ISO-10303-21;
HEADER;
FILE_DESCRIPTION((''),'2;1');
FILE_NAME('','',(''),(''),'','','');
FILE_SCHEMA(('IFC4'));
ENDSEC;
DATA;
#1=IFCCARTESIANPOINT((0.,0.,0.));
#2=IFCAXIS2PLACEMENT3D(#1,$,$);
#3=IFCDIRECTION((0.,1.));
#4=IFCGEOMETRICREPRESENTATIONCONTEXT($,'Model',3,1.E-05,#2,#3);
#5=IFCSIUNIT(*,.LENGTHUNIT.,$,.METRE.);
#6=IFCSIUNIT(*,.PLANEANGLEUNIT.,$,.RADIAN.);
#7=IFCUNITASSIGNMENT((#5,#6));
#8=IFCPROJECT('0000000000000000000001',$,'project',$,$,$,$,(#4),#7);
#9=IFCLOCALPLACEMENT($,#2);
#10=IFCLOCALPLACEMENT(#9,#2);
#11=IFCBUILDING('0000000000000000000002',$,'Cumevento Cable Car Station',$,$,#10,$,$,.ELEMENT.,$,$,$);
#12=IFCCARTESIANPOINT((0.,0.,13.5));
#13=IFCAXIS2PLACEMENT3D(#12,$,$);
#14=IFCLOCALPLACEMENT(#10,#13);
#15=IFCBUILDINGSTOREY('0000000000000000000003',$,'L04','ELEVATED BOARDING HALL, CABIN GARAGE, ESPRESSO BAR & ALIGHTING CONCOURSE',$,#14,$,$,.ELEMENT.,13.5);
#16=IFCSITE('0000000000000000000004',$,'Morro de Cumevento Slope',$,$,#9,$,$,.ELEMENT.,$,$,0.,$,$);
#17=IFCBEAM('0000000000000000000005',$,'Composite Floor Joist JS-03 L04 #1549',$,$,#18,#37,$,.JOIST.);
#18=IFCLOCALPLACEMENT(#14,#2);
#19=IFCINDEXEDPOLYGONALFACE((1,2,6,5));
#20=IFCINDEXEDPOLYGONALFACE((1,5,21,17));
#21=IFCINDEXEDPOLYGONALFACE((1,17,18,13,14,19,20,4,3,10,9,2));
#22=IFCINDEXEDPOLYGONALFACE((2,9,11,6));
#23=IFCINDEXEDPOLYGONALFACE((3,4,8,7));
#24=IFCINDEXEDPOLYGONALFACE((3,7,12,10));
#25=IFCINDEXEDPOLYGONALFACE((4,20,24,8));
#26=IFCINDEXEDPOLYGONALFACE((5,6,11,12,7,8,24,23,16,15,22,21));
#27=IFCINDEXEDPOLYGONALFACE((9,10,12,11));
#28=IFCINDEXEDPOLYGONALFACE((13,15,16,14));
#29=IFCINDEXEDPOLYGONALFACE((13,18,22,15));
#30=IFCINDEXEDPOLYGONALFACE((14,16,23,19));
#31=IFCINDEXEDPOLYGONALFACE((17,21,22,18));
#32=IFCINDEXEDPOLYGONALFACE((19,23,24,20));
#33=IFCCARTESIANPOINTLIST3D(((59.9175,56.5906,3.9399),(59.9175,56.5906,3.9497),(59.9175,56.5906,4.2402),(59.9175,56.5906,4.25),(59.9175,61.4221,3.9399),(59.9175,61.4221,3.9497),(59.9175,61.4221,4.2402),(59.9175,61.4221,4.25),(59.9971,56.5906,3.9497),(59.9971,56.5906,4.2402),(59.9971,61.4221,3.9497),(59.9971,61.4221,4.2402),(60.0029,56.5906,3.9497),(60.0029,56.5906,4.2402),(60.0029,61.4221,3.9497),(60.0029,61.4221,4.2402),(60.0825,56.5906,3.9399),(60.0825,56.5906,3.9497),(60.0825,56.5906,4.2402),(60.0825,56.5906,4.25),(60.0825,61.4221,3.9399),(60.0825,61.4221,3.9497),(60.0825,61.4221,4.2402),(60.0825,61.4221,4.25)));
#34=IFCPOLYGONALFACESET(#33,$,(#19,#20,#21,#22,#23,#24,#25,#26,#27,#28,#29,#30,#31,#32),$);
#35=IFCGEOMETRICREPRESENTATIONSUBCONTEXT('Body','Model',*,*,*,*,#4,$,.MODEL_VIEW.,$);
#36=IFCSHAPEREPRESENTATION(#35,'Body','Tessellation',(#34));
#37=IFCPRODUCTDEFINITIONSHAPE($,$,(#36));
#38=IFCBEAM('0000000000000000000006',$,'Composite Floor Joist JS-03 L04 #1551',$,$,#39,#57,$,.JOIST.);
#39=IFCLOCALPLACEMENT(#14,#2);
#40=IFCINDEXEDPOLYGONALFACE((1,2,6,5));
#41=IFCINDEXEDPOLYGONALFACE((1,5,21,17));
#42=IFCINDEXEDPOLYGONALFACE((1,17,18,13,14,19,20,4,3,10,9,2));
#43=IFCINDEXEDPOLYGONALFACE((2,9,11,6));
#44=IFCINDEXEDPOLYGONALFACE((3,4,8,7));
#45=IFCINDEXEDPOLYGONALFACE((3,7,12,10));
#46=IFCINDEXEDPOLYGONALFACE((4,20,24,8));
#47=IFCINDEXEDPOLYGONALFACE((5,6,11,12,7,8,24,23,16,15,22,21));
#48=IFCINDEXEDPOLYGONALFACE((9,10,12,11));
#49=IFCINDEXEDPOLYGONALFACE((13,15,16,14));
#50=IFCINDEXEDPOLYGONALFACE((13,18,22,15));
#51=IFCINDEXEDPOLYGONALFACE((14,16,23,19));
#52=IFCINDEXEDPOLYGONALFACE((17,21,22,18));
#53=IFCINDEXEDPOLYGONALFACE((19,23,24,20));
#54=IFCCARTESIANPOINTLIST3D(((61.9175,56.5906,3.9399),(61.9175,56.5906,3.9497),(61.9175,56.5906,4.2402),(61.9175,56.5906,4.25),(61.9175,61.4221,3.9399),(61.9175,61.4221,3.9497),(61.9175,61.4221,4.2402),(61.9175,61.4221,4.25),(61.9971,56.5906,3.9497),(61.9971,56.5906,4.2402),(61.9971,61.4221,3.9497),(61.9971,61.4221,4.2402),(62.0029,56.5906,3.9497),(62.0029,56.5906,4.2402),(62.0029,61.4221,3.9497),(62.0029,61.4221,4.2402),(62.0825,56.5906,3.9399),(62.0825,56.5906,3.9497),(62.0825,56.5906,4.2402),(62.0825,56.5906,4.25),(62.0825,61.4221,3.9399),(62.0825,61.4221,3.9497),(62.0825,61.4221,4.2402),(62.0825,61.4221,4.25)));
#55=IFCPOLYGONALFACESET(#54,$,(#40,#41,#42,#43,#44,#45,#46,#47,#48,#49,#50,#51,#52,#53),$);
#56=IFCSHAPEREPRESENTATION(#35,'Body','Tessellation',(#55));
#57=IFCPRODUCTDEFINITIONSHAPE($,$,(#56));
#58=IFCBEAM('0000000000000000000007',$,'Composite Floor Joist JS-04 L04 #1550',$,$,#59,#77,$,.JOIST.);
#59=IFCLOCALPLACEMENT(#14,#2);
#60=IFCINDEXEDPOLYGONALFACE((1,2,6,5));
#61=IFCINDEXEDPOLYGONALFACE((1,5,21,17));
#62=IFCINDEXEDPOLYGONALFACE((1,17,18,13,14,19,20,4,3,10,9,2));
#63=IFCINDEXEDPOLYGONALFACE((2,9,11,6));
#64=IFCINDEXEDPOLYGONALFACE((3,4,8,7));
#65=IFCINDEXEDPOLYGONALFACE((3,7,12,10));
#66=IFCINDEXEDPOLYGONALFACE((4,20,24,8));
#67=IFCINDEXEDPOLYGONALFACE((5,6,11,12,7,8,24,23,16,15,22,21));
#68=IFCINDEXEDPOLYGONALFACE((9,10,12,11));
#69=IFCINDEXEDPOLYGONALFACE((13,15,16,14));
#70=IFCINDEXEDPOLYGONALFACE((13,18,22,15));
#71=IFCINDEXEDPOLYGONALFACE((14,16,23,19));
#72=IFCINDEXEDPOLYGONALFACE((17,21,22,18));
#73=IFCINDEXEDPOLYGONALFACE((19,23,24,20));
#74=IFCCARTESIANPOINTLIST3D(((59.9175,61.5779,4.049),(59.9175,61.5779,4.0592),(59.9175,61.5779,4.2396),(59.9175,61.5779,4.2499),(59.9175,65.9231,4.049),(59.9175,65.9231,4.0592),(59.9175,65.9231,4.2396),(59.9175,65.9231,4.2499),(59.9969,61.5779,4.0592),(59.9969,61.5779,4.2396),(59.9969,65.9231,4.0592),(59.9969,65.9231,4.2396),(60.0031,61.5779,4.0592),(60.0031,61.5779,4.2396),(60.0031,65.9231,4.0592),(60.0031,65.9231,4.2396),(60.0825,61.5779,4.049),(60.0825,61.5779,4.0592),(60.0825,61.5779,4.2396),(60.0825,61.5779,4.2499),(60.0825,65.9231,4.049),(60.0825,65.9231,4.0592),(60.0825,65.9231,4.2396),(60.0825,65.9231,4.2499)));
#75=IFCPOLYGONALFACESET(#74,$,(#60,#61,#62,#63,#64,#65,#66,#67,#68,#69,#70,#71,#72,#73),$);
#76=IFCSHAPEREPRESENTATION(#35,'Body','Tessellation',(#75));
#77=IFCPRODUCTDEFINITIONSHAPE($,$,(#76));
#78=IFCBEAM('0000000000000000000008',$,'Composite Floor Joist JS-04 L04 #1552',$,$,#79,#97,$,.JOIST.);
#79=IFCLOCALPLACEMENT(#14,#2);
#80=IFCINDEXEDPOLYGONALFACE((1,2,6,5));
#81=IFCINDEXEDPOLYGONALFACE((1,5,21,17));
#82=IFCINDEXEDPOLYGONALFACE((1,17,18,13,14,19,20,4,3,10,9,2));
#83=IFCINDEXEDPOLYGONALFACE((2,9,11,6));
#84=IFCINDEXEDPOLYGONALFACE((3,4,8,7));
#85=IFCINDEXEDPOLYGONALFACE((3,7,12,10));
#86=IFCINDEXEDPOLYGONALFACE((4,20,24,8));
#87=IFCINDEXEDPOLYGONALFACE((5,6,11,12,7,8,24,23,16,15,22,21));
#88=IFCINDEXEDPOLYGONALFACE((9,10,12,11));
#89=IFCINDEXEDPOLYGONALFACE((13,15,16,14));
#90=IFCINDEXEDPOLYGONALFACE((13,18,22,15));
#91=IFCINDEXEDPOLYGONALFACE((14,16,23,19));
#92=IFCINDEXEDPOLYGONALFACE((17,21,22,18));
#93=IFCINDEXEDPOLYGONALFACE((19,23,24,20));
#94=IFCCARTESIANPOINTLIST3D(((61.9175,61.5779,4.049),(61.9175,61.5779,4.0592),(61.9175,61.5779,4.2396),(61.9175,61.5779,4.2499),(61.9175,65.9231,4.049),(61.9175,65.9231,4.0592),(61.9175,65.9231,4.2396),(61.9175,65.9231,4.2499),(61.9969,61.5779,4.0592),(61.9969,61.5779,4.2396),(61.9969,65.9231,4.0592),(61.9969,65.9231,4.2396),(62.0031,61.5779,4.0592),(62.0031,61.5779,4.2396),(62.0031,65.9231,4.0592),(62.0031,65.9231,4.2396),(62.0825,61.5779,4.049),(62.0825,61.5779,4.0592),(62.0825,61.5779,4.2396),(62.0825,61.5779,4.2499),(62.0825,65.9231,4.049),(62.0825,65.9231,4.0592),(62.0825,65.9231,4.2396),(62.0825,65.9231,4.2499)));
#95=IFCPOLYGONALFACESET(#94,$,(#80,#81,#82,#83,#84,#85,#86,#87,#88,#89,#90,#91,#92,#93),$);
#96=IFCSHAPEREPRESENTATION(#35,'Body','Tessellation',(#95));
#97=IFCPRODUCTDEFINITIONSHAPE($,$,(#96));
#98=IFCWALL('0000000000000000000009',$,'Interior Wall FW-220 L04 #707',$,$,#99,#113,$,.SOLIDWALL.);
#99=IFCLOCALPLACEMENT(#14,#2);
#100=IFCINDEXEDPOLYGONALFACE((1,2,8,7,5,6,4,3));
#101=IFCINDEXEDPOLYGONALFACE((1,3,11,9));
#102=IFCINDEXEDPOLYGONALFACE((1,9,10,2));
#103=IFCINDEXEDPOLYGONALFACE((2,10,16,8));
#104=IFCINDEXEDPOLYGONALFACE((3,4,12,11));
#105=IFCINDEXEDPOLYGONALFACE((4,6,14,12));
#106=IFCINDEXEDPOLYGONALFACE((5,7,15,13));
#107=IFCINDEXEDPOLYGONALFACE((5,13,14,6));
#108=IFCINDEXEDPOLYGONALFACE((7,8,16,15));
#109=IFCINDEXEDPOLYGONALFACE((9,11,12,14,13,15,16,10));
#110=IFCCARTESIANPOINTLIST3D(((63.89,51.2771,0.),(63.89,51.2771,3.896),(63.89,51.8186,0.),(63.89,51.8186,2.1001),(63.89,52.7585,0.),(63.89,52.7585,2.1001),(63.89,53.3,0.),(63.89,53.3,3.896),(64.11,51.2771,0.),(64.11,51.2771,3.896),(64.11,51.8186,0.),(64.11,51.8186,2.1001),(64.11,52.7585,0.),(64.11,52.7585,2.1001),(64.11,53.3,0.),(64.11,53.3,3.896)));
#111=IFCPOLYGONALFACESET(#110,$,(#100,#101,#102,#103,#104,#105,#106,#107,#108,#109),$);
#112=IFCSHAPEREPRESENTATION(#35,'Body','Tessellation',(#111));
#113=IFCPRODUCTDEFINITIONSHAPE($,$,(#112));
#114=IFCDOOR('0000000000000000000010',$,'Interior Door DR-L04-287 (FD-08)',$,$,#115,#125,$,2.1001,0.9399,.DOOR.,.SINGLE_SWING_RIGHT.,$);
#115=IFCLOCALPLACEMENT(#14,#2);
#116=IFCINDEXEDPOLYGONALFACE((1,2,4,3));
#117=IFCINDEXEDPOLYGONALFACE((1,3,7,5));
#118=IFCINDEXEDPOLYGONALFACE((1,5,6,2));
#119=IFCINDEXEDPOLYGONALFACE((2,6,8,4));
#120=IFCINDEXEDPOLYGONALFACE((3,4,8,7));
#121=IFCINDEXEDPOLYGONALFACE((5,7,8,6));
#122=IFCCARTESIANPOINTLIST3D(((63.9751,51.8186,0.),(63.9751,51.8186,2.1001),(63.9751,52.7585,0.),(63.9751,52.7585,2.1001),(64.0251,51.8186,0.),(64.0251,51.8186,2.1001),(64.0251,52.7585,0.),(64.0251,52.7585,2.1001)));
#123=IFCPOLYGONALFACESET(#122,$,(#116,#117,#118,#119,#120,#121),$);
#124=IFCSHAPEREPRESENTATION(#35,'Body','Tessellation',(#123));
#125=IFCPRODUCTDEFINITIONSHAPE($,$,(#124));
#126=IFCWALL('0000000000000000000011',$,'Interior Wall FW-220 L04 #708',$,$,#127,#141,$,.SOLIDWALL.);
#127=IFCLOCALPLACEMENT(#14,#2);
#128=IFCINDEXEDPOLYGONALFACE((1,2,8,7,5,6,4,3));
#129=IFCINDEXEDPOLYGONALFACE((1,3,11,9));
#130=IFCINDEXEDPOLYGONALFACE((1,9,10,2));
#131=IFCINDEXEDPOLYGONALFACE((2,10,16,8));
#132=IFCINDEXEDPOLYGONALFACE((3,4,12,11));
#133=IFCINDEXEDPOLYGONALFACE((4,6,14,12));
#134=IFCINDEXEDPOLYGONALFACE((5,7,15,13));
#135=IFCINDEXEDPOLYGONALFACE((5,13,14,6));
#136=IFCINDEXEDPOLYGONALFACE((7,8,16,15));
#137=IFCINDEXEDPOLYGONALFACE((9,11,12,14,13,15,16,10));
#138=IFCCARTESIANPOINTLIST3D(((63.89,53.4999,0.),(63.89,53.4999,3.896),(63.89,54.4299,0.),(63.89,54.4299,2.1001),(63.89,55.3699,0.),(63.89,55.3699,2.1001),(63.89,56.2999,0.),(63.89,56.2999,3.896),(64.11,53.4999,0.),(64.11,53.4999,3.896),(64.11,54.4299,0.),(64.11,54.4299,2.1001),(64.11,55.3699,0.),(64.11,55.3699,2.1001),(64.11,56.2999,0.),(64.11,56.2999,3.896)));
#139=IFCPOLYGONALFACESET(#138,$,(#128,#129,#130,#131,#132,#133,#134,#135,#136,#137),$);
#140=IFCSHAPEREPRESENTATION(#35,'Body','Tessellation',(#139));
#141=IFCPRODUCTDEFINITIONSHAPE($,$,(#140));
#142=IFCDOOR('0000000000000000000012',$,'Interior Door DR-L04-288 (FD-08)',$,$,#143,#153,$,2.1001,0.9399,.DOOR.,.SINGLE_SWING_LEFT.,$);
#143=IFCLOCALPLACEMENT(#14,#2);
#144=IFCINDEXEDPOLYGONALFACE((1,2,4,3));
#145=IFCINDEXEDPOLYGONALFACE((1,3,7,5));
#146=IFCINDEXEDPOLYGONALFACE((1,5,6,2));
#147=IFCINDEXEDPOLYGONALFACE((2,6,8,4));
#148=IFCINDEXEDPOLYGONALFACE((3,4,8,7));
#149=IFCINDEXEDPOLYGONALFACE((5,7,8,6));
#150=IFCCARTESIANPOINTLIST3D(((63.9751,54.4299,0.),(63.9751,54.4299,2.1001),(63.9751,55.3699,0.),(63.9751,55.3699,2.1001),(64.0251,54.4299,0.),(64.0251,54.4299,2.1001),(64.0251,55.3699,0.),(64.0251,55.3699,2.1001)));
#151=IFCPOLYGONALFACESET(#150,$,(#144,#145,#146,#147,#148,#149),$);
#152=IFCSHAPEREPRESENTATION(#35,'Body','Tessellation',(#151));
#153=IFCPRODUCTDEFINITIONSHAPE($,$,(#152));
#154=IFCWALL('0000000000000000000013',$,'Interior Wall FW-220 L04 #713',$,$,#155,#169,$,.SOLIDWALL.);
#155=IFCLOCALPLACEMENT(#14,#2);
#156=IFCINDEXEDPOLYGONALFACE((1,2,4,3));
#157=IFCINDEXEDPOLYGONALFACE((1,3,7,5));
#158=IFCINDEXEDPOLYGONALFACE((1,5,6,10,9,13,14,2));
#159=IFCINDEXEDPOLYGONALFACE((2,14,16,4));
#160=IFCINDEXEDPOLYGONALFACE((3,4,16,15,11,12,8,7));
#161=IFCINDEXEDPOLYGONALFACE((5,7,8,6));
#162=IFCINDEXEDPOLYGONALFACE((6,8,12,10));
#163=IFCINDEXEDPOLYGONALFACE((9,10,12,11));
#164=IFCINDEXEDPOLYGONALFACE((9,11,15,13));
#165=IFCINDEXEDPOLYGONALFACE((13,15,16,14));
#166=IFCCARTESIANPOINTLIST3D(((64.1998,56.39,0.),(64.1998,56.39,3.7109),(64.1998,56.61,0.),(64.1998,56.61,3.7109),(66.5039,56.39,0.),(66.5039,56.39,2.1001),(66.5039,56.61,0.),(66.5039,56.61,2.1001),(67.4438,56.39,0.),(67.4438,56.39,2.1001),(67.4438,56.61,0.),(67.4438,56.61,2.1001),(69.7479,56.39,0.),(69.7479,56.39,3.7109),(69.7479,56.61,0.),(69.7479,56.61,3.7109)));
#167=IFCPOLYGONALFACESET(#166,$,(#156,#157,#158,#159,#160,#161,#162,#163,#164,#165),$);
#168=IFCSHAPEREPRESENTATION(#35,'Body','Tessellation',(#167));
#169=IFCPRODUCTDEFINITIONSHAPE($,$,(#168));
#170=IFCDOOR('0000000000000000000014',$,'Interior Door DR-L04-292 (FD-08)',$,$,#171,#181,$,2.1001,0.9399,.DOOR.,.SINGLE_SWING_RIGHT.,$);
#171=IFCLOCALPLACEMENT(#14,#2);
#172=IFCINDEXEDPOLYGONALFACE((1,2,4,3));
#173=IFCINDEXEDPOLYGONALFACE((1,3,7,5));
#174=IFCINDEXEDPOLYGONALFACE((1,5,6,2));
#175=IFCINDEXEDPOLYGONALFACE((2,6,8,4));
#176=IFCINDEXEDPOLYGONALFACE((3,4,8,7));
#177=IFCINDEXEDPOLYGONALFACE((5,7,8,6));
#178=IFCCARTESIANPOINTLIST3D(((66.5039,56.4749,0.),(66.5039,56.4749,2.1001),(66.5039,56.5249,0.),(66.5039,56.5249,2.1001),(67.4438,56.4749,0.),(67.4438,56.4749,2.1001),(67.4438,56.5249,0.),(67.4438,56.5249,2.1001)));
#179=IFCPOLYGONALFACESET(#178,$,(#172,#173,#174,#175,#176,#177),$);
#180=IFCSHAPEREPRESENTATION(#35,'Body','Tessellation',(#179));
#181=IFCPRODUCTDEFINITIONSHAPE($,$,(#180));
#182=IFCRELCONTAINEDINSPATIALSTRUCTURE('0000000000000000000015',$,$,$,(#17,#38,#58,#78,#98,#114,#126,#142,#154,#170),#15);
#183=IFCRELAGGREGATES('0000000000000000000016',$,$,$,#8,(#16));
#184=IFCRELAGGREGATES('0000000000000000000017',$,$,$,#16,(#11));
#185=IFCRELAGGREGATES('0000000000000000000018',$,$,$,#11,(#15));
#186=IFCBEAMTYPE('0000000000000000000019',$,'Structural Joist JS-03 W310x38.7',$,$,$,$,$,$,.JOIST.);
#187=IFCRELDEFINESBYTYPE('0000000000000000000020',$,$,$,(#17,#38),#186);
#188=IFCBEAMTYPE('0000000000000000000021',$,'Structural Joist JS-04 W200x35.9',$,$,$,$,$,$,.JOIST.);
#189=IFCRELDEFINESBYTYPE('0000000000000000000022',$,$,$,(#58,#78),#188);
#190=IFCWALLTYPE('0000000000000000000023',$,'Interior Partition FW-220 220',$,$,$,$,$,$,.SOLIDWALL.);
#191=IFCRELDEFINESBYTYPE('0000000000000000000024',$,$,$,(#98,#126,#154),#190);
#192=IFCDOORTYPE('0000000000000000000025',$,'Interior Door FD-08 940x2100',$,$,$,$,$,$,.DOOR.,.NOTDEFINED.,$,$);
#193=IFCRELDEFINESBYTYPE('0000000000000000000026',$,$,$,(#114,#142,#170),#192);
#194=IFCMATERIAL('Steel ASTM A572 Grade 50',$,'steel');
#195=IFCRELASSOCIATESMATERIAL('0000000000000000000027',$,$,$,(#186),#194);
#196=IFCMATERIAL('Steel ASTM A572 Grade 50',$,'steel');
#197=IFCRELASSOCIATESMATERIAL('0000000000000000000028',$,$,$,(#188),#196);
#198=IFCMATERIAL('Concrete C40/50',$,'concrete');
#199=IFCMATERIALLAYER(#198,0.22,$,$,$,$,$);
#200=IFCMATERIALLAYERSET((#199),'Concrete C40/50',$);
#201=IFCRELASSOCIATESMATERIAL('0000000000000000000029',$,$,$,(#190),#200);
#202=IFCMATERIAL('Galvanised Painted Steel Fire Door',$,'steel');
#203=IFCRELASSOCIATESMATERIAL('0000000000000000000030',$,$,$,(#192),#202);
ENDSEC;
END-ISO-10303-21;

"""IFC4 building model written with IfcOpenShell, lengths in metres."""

from ifc_helpers import new_model, si_unit, direction, frame, frame_2d, origin, origin_2d, place, context, subcontext, project, spatial, rectangle, i_section, extrude, material, layer, layer_set, material_profile, profile_set, type_object, element, fill, save


model = new_model("IFC4")

# Units and contexts
model_context = context("Model", 3, precision=1e-05, world=origin(), true_north=direction((0.0, 1.0)))
body_context = subcontext(model_context, "Body", "Model", "MODEL_VIEW")
ifc_project = project(units=[si_unit("LENGTHUNIT", "METRE"), si_unit("PLANEANGLEUNIT", "RADIAN")], contexts=[model_context])

# Site, building, storey
site_placement = place(None, origin())
site = spatial("IfcSite", under=ifc_project, at=site_placement, Name="Morro de Cumevento Slope", CompositionType="ELEMENT", RefElevation=0.0)
building_placement = place(site_placement, origin())
building = spatial("IfcBuilding", under=site, at=building_placement, Name="Cumevento Cable Car Station", CompositionType="ELEMENT")
storey_placement = place(building_placement, frame((0.0, 0.0, 13.5)))
storey = spatial("IfcBuildingStorey", under=building, at=storey_placement, Name="L04", Description="ELEVATED BOARDING HALL, CABIN GARAGE, ESPRESSO BAR & ALIGHTING CONCOURSE", CompositionType="ELEMENT", Elevation=13.5)

# Beams
ifc_material_1 = material(Name="Steel ASTM A572 Grade 50", Category="steel")
ifc_material_profile_1 = material_profile(ifc_material_1, i_section(OverallWidth=0.165, OverallDepth=0.3101, WebThickness=0.0059, FlangeThickness=0.0098, at=origin_2d()), Name="W310x38.7")
ifc_profile_set_1 = profile_set([ifc_material_profile_1], Name="Steel ASTM A572 Grade 50")
beam_type_1 = type_object("IfcBeamType", Name="Structural Joist JS-03 W310x38.7", PredefinedType="JOIST", material=ifc_profile_set_1)
for number, where, z_axis, x_axis, name in (
    (1, (60.0, 56.5906, 4.095), (0.0, 1.0, 0.0), (-1.0, 0.0, 0.0), "Composite Floor Joist JS-03 L04 #1549"),
    (2, (62.0, 56.5906, 4.095), (0.0, 1.0, 0.0), (-1.0, 0.0, 0.0), "Composite Floor Joist JS-03 L04 #1551"),
):
    element("IfcBeam", number, at=place(storey_placement, frame(where, z_axis=z_axis, x_axis=x_axis)), inside=storey, type_object=beam_type_1, Name=name, PredefinedType="JOIST", context=body_context, shape_type="SweptSolid", body=[
        extrude(i_section(OverallWidth=0.165, OverallDepth=0.3101, WebThickness=0.0059, FlangeThickness=0.0098, at=origin_2d()), origin(), (0.0, 0.0, 1.0), 4.8315),
    ])
ifc_material_2 = material(Name="Steel ASTM A572 Grade 50", Category="steel")
ifc_material_profile_2 = material_profile(ifc_material_2, i_section(OverallWidth=0.165, OverallDepth=0.2009, WebThickness=0.0061, FlangeThickness=0.0103, at=origin_2d()), Name="W200x35.9")
ifc_profile_set_2 = profile_set([ifc_material_profile_2], Name="Steel ASTM A572 Grade 50")
beam_type_2 = type_object("IfcBeamType", Name="Structural Joist JS-04 W200x35.9", PredefinedType="JOIST", material=ifc_profile_set_2)
for number, where, z_axis, x_axis, name in (
    (3, (60.0, 61.5779, 4.1494), (0.0, 1.0, 0.0), (-1.0, 0.0, 0.0), "Composite Floor Joist JS-04 L04 #1550"),
    (4, (62.0, 61.5779, 4.1494), (0.0, 1.0, 0.0), (-1.0, 0.0, 0.0), "Composite Floor Joist JS-04 L04 #1552"),
):
    element("IfcBeam", number, at=place(storey_placement, frame(where, z_axis=z_axis, x_axis=x_axis)), inside=storey, type_object=beam_type_2, Name=name, PredefinedType="JOIST", context=body_context, shape_type="SweptSolid", body=[
        extrude(i_section(OverallWidth=0.165, OverallDepth=0.2009, WebThickness=0.0061, FlangeThickness=0.0103, at=origin_2d()), origin(), (0.0, 0.0, 1.0), 4.3452),
    ])

# Walls, openings, doors
ifc_material_3 = material(Name="Concrete C40/50", Category="concrete")
ifc_layer_1 = layer(ifc_material_3, 0.22)
ifc_layer_set_1 = layer_set([ifc_layer_1], Name="Concrete C40/50")
wall_type_1 = type_object("IfcWallType", Name="Interior Partition FW-220 220", PredefinedType="SOLIDWALL", material=ifc_layer_set_1)
wall_1_placement = place(storey_placement, frame((64.0, 51.2771, 0.0), z_axis=(0.0, 0.0, 1.0), x_axis=(0.0, 1.0, 0.0)))
wall_1 = element("IfcWall", 5, at=wall_1_placement, inside=storey, type_object=wall_type_1, Name="Interior Wall FW-220 L04 #707", PredefinedType="SOLIDWALL", context=body_context, shape_type="SweptSolid", body=[
    extrude(rectangle(XDim=2.0229, YDim=0.22, at=frame_2d((1.0115, 0.0))), origin(), (0.0, 0.0, 1.0), 3.896),
])
opening_1_placement = place(wall_1_placement, frame((0.5415, 0.0, 0.0)))
opening_1 = element("IfcOpeningElement", 6, at=opening_1_placement, cuts=wall_1, PredefinedType="OPENING", context=body_context, shape_type="SweptSolid", body=[
    extrude(rectangle(XDim=0.9399, YDim=2.1001, at=frame_2d((0.47, 1.05))), frame((0.0, 0.1199, 0.0), z_axis=(0.0, -1.0, 0.0), x_axis=(1.0, 0.0, 0.0)), (0.0, 0.0, 1.0), 0.24),
])
ifc_material_4 = material(Name="Galvanised Painted Steel Fire Door", Category="steel")
door_type_1 = type_object("IfcDoorType", Name="Interior Door FD-08 940x2100", OperationType="NOTDEFINED", PredefinedType="DOOR", material=ifc_material_4)
door_1_placement = place(opening_1_placement, origin())
door_1 = element("IfcDoor", 7, at=door_1_placement, inside=storey, type_object=door_type_1, Name="Interior Door DR-L04-287 (FD-08)", OperationType="SINGLE_SWING_RIGHT", OverallHeight=2.1001, OverallWidth=0.9399, PredefinedType="DOOR", context=body_context, shape_type="SweptSolid", body=[
    extrude(rectangle(XDim=0.9399, YDim=2.1001, at=frame_2d((0.47, 1.05))), frame((0.0, 0.0249, 0.0), z_axis=(0.0, -1.0, 0.0), x_axis=(1.0, 0.0, 0.0)), (0.0, 0.0, 1.0), 0.05),
])
fill(opening_1, door_1)
wall_2_placement = place(storey_placement, frame((64.0, 53.5, 0.0), z_axis=(0.0, 0.0, 1.0), x_axis=(0.0, 1.0, 0.0)))
wall_2 = element("IfcWall", 8, at=wall_2_placement, inside=storey, type_object=wall_type_1, Name="Interior Wall FW-220 L04 #708", PredefinedType="SOLIDWALL", context=body_context, shape_type="SweptSolid", body=[
    extrude(rectangle(XDim=2.8, YDim=0.22, at=frame_2d((1.3999, 0.0))), origin(), (0.0, 0.0, 1.0), 3.896),
])
opening_2_placement = place(wall_2_placement, frame((0.9299, 0.0, 0.0)))
opening_2 = element("IfcOpeningElement", 9, at=opening_2_placement, cuts=wall_2, PredefinedType="OPENING", context=body_context, shape_type="SweptSolid", body=[
    extrude(rectangle(XDim=0.9399, YDim=2.1001, at=frame_2d((0.47, 1.05))), frame((0.0, 0.1199, 0.0), z_axis=(0.0, -1.0, 0.0), x_axis=(1.0, 0.0, 0.0)), (0.0, 0.0, 1.0), 0.24),
])
door_2_placement = place(opening_2_placement, origin())
door_2 = element("IfcDoor", 10, at=door_2_placement, inside=storey, type_object=door_type_1, Name="Interior Door DR-L04-288 (FD-08)", OperationType="SINGLE_SWING_LEFT", OverallHeight=2.1001, OverallWidth=0.9399, PredefinedType="DOOR", context=body_context, shape_type="SweptSolid", body=[
    extrude(rectangle(XDim=0.9399, YDim=2.1001, at=frame_2d((0.47, 1.05))), frame((0.0, 0.0249, 0.0), z_axis=(0.0, -1.0, 0.0), x_axis=(1.0, 0.0, 0.0)), (0.0, 0.0, 1.0), 0.05),
])
fill(opening_2, door_2)
wall_3_placement = place(storey_placement, frame((64.2, 56.5, 0.0), z_axis=(0.0, 0.0, 1.0), x_axis=(1.0, 0.0, 0.0)))
wall_3 = element("IfcWall", 11, at=wall_3_placement, inside=storey, type_object=wall_type_1, Name="Interior Wall FW-220 L04 #713", PredefinedType="SOLIDWALL", context=body_context, shape_type="SweptSolid", body=[
    extrude(rectangle(XDim=5.5481, YDim=0.22, at=frame_2d((2.7739, 0.0))), origin(), (0.0, 0.0, 1.0), 3.7109),
])
opening_3_placement = place(wall_3_placement, frame((2.304, 0.0, 0.0)))
opening_3 = element("IfcOpeningElement", 12, at=opening_3_placement, cuts=wall_3, PredefinedType="OPENING", context=body_context, shape_type="SweptSolid", body=[
    extrude(rectangle(XDim=0.9399, YDim=2.1001, at=frame_2d((0.47, 1.05))), frame((0.0, 0.1199, 0.0), z_axis=(0.0, -1.0, 0.0), x_axis=(1.0, 0.0, 0.0)), (0.0, 0.0, 1.0), 0.24),
])
door_3_placement = place(opening_3_placement, origin())
door_3 = element("IfcDoor", 13, at=door_3_placement, inside=storey, type_object=door_type_1, Name="Interior Door DR-L04-292 (FD-08)", OperationType="SINGLE_SWING_RIGHT", OverallHeight=2.1001, OverallWidth=0.9399, PredefinedType="DOOR", context=body_context, shape_type="SweptSolid", body=[
    extrude(rectangle(XDim=0.9399, YDim=2.1001, at=frame_2d((0.47, 1.05))), frame((0.0, 0.0249, 0.0), z_axis=(0.0, -1.0, 0.0), x_axis=(1.0, 0.0, 0.0)), (0.0, 0.0, 1.0), 0.05),
])
fill(opening_3, door_3)

save(model, "model.ifc")
